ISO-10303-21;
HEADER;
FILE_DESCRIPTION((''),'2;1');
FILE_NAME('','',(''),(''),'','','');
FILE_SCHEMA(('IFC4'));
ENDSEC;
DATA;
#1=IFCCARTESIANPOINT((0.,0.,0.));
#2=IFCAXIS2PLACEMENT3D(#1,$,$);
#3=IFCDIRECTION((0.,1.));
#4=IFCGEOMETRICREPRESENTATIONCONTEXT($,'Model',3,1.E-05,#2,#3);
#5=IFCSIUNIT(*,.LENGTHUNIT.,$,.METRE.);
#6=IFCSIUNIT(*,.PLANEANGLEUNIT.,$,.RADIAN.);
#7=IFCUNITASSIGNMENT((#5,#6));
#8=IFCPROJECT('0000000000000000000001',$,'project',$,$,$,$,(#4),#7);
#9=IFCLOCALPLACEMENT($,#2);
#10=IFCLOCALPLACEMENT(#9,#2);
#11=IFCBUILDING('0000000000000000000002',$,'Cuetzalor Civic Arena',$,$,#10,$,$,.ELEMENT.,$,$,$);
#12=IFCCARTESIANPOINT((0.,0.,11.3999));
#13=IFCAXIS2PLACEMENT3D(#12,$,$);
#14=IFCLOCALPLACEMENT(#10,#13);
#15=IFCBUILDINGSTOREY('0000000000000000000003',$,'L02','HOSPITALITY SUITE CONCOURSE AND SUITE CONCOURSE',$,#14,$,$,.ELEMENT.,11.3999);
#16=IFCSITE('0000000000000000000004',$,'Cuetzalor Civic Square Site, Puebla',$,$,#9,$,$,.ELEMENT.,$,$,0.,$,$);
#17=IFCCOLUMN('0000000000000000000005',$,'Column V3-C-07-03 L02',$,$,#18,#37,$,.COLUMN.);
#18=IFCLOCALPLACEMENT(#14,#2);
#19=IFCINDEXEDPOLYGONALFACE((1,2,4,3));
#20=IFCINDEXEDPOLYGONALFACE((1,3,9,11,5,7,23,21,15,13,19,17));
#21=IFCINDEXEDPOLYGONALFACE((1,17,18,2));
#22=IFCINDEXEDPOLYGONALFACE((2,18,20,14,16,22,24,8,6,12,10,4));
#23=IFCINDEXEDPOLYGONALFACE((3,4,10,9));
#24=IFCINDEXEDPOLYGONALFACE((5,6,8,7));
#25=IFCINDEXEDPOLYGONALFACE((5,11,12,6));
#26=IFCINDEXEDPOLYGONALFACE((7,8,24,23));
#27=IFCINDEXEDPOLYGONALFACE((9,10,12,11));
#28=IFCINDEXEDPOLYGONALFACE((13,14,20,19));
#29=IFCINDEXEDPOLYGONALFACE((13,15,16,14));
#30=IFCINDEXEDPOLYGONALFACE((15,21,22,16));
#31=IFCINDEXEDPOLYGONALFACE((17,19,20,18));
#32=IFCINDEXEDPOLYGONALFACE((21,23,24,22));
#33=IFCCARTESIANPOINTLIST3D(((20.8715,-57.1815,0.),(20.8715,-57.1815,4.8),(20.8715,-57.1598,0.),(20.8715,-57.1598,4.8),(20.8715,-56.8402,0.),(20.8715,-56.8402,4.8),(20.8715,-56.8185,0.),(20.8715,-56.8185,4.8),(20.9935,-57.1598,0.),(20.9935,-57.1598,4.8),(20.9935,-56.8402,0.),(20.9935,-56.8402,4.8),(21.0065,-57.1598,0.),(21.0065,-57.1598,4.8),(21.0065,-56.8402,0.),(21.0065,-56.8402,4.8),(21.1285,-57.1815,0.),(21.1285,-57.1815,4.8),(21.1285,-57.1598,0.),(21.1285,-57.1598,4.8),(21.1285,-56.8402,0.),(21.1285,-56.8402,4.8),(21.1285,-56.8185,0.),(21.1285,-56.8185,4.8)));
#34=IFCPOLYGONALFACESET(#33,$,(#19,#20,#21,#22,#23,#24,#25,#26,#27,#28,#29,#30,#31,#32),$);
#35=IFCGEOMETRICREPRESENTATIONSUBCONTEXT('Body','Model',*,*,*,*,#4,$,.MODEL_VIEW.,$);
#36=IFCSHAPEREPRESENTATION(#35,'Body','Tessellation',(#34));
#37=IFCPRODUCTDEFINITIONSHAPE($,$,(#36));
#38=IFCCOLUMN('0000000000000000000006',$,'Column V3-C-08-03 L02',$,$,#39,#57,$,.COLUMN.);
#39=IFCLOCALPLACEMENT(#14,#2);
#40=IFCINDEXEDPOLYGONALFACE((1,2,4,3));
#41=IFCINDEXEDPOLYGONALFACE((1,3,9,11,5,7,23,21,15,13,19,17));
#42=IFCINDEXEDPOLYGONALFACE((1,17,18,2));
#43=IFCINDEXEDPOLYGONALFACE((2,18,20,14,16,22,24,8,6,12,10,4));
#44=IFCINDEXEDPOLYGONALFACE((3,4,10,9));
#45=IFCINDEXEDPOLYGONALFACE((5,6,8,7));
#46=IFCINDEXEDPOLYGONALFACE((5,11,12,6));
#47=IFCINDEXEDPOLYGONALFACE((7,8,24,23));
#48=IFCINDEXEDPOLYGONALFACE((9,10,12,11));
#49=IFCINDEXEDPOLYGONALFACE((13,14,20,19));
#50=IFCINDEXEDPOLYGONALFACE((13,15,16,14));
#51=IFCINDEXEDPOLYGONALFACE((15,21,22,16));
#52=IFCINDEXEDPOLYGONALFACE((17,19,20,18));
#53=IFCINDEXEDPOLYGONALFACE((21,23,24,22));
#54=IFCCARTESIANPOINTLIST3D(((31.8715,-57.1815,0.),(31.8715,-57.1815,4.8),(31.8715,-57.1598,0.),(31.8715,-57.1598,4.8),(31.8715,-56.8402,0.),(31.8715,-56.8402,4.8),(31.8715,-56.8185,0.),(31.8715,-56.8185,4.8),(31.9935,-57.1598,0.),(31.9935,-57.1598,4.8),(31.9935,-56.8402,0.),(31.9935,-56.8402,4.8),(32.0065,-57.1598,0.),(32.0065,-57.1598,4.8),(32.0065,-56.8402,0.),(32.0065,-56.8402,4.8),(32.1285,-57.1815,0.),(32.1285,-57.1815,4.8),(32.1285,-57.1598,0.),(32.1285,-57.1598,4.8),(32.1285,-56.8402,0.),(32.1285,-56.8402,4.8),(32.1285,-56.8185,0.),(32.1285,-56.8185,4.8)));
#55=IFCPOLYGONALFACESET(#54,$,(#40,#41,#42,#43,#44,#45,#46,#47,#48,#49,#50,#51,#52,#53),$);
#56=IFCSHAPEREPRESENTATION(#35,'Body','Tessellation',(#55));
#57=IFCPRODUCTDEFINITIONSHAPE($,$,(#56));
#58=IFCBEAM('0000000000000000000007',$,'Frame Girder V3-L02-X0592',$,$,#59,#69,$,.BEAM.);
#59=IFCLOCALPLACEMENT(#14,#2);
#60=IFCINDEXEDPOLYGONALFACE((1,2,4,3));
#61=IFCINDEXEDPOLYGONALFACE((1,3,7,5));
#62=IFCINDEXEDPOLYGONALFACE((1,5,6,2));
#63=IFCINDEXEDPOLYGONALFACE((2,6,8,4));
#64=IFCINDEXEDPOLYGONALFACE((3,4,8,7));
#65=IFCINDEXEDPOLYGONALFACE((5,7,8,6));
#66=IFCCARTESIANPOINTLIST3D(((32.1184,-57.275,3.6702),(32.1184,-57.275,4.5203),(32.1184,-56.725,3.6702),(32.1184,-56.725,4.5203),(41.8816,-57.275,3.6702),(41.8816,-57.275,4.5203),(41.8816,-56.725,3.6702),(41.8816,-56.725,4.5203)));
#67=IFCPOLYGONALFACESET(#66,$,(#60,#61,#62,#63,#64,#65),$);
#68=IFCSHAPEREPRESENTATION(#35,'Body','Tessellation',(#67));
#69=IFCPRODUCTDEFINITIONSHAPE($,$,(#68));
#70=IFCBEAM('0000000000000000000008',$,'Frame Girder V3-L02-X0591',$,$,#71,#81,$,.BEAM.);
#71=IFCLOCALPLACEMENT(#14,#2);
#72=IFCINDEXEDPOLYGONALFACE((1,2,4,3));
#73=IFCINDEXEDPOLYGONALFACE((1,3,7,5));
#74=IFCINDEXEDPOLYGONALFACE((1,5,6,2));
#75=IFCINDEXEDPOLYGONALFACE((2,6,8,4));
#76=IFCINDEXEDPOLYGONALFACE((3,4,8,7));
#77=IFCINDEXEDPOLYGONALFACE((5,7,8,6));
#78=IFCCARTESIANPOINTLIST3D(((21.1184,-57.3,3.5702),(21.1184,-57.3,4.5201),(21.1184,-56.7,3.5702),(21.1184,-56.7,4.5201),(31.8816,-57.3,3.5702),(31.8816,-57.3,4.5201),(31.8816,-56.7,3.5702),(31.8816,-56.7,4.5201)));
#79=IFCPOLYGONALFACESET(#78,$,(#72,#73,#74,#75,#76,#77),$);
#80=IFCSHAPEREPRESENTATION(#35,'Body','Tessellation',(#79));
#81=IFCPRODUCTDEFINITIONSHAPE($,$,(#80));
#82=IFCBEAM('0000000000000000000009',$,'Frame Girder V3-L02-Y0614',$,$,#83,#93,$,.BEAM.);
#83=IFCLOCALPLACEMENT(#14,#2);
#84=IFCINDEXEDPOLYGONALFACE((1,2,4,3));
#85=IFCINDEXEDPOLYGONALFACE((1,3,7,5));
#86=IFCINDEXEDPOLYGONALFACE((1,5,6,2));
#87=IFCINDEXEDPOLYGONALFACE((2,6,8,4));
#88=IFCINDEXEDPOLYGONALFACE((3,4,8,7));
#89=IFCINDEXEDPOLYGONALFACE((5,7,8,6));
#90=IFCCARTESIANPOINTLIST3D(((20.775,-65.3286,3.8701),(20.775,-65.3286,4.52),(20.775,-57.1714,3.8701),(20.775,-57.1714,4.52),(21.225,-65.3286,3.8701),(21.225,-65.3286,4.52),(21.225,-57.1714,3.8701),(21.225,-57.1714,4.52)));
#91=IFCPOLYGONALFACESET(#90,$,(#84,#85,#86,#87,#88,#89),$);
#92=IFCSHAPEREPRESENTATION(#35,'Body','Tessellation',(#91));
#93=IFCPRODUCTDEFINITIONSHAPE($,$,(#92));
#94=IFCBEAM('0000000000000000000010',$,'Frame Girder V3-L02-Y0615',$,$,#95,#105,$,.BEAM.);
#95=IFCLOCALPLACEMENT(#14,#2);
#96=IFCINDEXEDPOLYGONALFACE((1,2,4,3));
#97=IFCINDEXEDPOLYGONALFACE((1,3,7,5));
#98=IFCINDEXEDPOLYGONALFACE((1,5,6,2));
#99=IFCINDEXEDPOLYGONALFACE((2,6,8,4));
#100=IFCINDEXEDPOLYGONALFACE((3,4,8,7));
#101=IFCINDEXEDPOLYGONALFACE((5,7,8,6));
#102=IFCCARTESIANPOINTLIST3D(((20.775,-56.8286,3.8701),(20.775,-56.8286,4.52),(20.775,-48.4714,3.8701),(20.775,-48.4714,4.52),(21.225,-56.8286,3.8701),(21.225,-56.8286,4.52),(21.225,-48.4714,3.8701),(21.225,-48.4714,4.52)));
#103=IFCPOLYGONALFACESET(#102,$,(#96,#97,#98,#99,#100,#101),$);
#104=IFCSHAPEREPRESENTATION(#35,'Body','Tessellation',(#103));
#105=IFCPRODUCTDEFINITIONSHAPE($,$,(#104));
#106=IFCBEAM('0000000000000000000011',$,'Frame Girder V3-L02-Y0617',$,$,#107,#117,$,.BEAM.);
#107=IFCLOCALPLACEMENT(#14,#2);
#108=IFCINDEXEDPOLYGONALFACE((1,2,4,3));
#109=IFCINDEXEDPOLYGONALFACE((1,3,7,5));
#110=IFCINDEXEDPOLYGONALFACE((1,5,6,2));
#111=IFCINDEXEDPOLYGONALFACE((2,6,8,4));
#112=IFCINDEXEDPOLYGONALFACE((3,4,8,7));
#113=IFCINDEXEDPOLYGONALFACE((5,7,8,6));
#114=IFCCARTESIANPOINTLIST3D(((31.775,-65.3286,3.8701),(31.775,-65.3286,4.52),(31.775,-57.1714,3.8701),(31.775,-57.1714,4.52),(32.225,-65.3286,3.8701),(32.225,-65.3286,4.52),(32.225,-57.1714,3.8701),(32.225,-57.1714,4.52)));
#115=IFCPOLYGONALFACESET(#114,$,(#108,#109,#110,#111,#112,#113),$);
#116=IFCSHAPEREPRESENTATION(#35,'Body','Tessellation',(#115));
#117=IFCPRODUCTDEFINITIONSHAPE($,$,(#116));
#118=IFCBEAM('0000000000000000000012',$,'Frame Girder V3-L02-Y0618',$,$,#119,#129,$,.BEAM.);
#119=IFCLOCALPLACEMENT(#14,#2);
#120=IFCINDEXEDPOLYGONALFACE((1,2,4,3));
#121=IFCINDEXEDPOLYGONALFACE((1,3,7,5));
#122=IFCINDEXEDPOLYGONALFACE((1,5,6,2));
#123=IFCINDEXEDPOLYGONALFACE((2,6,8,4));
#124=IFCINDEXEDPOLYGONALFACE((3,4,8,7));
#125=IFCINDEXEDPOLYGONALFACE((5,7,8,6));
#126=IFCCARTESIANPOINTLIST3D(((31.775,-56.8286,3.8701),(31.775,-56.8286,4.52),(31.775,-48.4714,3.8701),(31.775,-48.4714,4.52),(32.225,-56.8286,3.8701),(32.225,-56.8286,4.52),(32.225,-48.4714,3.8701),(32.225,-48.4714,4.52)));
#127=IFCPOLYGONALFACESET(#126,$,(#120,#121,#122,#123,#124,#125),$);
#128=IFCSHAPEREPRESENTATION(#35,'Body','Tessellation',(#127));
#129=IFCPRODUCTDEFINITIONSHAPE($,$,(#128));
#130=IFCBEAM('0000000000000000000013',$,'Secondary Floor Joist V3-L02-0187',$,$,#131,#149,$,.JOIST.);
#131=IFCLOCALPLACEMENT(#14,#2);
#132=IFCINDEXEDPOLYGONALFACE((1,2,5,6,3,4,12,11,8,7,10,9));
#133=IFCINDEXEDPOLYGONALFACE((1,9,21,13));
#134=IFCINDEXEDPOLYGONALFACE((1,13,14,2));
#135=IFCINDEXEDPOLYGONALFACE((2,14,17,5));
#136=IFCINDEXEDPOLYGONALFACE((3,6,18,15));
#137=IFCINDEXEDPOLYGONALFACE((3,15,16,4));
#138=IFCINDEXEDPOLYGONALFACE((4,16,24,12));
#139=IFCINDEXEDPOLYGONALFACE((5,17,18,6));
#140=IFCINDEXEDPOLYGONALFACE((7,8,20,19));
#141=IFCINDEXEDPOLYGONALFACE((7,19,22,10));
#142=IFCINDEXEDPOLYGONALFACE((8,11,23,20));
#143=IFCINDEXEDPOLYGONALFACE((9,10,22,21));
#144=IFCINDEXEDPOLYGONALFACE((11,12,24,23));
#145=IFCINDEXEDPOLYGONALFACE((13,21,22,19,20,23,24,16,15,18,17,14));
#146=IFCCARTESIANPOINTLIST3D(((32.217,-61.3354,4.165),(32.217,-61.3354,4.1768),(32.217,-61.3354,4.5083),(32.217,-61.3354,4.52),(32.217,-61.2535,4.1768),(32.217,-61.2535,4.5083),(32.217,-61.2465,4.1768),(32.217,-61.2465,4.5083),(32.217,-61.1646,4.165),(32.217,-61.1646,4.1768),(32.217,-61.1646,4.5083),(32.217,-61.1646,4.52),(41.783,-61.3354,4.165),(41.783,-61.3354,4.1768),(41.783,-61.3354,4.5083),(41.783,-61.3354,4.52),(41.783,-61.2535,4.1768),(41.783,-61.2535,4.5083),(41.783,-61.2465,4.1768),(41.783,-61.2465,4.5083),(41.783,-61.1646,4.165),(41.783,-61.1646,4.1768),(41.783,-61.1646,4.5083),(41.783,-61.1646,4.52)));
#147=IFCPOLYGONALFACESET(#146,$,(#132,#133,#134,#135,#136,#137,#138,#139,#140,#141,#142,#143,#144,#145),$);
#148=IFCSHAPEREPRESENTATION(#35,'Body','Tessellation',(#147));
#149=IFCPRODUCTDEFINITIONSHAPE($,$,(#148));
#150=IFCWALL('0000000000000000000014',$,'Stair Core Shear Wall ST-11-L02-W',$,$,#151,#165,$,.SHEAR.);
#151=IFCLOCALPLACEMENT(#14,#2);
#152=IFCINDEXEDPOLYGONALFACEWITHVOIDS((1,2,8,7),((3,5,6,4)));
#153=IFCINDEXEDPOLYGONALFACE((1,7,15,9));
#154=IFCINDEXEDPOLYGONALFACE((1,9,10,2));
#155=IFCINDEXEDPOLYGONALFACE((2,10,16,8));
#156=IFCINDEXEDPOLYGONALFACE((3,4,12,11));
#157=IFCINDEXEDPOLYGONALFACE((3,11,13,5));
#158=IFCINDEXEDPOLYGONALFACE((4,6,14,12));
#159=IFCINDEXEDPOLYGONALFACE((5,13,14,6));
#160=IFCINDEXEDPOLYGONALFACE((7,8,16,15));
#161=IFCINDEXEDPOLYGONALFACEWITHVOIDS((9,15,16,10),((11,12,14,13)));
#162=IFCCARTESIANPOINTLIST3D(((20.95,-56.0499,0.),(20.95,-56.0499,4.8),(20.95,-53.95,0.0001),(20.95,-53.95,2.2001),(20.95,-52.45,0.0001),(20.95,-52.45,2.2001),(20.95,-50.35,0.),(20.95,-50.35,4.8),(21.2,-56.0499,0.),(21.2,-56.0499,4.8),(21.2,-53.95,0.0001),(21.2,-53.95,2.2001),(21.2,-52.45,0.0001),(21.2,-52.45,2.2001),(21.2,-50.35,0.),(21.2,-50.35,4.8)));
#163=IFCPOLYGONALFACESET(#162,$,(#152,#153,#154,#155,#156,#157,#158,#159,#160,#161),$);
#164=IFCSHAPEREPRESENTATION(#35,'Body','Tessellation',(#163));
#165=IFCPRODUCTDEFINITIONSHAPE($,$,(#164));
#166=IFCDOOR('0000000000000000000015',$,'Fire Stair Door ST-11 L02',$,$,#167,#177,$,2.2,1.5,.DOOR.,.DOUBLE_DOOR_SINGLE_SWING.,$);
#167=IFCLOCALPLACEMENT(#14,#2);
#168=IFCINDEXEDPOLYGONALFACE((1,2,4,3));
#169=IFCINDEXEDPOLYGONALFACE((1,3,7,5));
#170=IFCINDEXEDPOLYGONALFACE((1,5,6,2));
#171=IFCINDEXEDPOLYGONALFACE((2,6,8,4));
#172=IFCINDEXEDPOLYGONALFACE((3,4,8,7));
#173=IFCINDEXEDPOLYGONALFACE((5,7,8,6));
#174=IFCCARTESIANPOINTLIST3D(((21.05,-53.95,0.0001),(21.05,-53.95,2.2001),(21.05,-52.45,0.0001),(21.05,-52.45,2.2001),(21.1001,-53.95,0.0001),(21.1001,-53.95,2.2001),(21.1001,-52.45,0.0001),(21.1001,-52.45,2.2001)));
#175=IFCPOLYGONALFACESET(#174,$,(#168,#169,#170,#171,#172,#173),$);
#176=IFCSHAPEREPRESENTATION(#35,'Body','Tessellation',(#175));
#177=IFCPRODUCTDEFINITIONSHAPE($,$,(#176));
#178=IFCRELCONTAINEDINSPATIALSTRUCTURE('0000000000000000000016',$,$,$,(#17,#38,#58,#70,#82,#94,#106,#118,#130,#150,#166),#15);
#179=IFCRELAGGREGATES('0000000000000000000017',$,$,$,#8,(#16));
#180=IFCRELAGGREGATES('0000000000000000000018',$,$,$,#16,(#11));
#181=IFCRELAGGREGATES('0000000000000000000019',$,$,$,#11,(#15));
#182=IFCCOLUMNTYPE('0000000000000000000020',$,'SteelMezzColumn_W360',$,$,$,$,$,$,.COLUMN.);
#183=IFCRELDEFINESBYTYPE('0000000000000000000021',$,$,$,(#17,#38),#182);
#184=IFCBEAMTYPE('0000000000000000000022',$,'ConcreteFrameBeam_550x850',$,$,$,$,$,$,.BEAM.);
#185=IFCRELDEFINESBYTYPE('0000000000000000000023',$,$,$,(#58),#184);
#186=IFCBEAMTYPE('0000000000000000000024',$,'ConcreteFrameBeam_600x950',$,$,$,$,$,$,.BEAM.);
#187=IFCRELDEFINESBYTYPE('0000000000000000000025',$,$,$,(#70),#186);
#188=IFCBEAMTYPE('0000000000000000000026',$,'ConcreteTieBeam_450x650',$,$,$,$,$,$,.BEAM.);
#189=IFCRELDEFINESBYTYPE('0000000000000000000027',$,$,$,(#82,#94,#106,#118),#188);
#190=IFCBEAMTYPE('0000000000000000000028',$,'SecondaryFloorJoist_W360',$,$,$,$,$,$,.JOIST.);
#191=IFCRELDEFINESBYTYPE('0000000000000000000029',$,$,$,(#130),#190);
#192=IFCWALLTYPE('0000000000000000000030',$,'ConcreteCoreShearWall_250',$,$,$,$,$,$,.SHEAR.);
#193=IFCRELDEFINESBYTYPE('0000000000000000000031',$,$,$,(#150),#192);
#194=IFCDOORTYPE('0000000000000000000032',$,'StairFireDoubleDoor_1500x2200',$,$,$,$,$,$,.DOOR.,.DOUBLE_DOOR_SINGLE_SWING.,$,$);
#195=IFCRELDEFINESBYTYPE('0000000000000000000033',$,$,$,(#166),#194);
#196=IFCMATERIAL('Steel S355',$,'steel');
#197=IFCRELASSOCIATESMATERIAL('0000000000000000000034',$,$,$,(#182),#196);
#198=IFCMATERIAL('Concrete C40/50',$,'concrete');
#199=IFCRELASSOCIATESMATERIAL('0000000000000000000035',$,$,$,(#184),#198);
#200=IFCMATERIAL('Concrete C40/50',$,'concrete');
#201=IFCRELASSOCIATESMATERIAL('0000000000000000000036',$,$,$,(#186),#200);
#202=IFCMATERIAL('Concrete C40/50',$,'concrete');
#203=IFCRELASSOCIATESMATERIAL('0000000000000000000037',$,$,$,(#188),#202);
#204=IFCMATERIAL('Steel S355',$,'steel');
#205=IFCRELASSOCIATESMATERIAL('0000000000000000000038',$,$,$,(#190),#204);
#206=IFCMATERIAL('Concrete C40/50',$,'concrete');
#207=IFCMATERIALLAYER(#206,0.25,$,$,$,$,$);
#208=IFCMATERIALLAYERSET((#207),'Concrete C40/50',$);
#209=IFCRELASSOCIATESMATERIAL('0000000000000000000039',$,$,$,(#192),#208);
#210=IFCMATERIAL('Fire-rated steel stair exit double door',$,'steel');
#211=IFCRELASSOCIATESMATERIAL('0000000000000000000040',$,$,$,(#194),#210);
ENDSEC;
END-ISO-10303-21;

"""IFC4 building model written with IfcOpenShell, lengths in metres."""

from ifc_helpers import new_model, si_unit, direction, frame, frame_2d, origin, origin_2d, place, context, subcontext, project, spatial, rectangle, i_section, extrude, material, layer, layer_set, material_profile, profile_set, type_object, element, fill, save


model = new_model("IFC4")

# Units and contexts
model_context = context("Model", 3, precision=1e-05, world=origin(), true_north=direction((0.0, 1.0)))
body_context = subcontext(model_context, "Body", "Model", "MODEL_VIEW")
ifc_project = project(units=[si_unit("LENGTHUNIT", "METRE"), si_unit("PLANEANGLEUNIT", "RADIAN")], contexts=[model_context])

# Site, building, storey
site_placement = place(None, origin())
site = spatial("IfcSite", under=ifc_project, at=site_placement, Name="Cuetzalor Civic Square Site, Puebla", CompositionType="ELEMENT", RefElevation=0.0)
building_placement = place(site_placement, origin())
building = spatial("IfcBuilding", under=site, at=building_placement, Name="Cuetzalor Civic Arena", CompositionType="ELEMENT")
storey_placement = place(building_placement, frame((0.0, 0.0, 11.3999)))
storey = spatial("IfcBuildingStorey", under=building, at=storey_placement, Name="L02", Description="HOSPITALITY SUITE CONCOURSE AND SUITE CONCOURSE", CompositionType="ELEMENT", Elevation=11.3999)

# Columns
ifc_material_1 = material(Name="Steel S355", Category="steel")
ifc_material_profile_1 = material_profile(ifc_material_1, i_section(OverallWidth=0.2571, OverallDepth=0.363, WebThickness=0.0129, FlangeThickness=0.0217, at=origin_2d()), Name="W360x122")
ifc_profile_set_1 = profile_set([ifc_material_profile_1], Name="Steel S355")
column_type = type_object("IfcColumnType", Name="SteelMezzColumn_W360", PredefinedType="COLUMN", material=ifc_profile_set_1)
for number, where, z_axis, x_axis, name in (
    (1, (21.0, -57.0, 0.0), (0.0, 0.0, 1.0), (1.0, 0.0, 0.0), "Column V3-C-07-03 L02"),
    (2, (32.0, -57.0, 0.0), (0.0, 0.0, 1.0), (1.0, 0.0, 0.0), "Column V3-C-08-03 L02"),
):
    element("IfcColumn", number, at=place(storey_placement, frame(where, z_axis=z_axis, x_axis=x_axis)), inside=storey, type_object=column_type, Name=name, PredefinedType="COLUMN", context=body_context, shape_type="SweptSolid", body=[
        extrude(i_section(OverallWidth=0.2571, OverallDepth=0.363, WebThickness=0.0129, FlangeThickness=0.0217, at=origin_2d()), origin(), (0.0, 0.0, 1.0), 4.8),
    ])

# Beams
ifc_material_2 = material(Name="Concrete C40/50", Category="concrete")
ifc_material_profile_2 = material_profile(ifc_material_2, rectangle(XDim=0.55, YDim=0.8501, at=origin_2d()), Name="RC 550x850")
ifc_profile_set_2 = profile_set([ifc_material_profile_2], Name="Concrete C40/50")
beam_type_1 = type_object("IfcBeamType", Name="ConcreteFrameBeam_550x850", PredefinedType="BEAM", material=ifc_profile_set_2)
beam_1_placement = place(storey_placement, frame((32.1184, -57.0, 4.0952), z_axis=(1.0, 0.0, 0.0), x_axis=(0.0, 1.0, 0.0)))
element("IfcBeam", 3, at=beam_1_placement, inside=storey, type_object=beam_type_1, Name="Frame Girder V3-L02-X0592", PredefinedType="BEAM", context=body_context, shape_type="SweptSolid", body=[
    extrude(rectangle(XDim=0.55, YDim=0.8501, at=origin_2d()), origin(), (0.0, 0.0, 1.0), 9.7632),
])
ifc_material_3 = material(Name="Concrete C40/50", Category="concrete")
ifc_material_profile_3 = material_profile(ifc_material_3, rectangle(XDim=0.6001, YDim=0.95, at=origin_2d()), Name="RC 600x950")
ifc_profile_set_3 = profile_set([ifc_material_profile_3], Name="Concrete C40/50")
beam_type_2 = type_object("IfcBeamType", Name="ConcreteFrameBeam_600x950", PredefinedType="BEAM", material=ifc_profile_set_3)
beam_2_placement = place(storey_placement, frame((21.1184, -57.0, 4.0452), z_axis=(1.0, 0.0, 0.0), x_axis=(0.0, 1.0, 0.0)))
element("IfcBeam", 4, at=beam_2_placement, inside=storey, type_object=beam_type_2, Name="Frame Girder V3-L02-X0591", PredefinedType="BEAM", context=body_context, shape_type="SweptSolid", body=[
    extrude(rectangle(XDim=0.6001, YDim=0.95, at=origin_2d()), origin(), (0.0, 0.0, 1.0), 10.7632),
])
ifc_material_4 = material(Name="Concrete C40/50", Category="concrete")
ifc_material_profile_4 = material_profile(ifc_material_4, rectangle(XDim=0.45, YDim=0.6499, at=origin_2d()), Name="RC 450x650")
ifc_profile_set_4 = profile_set([ifc_material_profile_4], Name="Concrete C40/50")
beam_type_3 = type_object("IfcBeamType", Name="ConcreteTieBeam_450x650", PredefinedType="BEAM", material=ifc_profile_set_4)
beam_3_placement = place(storey_placement, frame((21.0, -65.3286, 4.1951), z_axis=(0.0, 1.0, 0.0), x_axis=(-1.0, 0.0, 0.0)))
element("IfcBeam", 5, at=beam_3_placement, inside=storey, type_object=beam_type_3, Name="Frame Girder V3-L02-Y0614", PredefinedType="BEAM", context=body_context, shape_type="SweptSolid", body=[
    extrude(rectangle(XDim=0.45, YDim=0.6499, at=origin_2d()), origin(), (0.0, 0.0, 1.0), 8.1572),
])
beam_4_placement = place(storey_placement, frame((21.0, -56.8286, 4.1951), z_axis=(0.0, 1.0, 0.0), x_axis=(-1.0, 0.0, 0.0)))
element("IfcBeam", 6, at=beam_4_placement, inside=storey, type_object=beam_type_3, Name="Frame Girder V3-L02-Y0615", PredefinedType="BEAM", context=body_context, shape_type="SweptSolid", body=[
    extrude(rectangle(XDim=0.45, YDim=0.6499, at=origin_2d()), origin(), (0.0, 0.0, 1.0), 8.3572),
])
beam_5_placement = place(storey_placement, frame((32.0, -65.3286, 4.1951), z_axis=(0.0, 1.0, 0.0), x_axis=(-1.0, 0.0, 0.0)))
element("IfcBeam", 7, at=beam_5_placement, inside=storey, type_object=beam_type_3, Name="Frame Girder V3-L02-Y0617", PredefinedType="BEAM", context=body_context, shape_type="SweptSolid", body=[
    extrude(rectangle(XDim=0.45, YDim=0.6499, at=origin_2d()), origin(), (0.0, 0.0, 1.0), 8.1572),
])
beam_6_placement = place(storey_placement, frame((32.0, -56.8286, 4.1951), z_axis=(0.0, 1.0, 0.0), x_axis=(-1.0, 0.0, 0.0)))
element("IfcBeam", 8, at=beam_6_placement, inside=storey, type_object=beam_type_3, Name="Frame Girder V3-L02-Y0618", PredefinedType="BEAM", context=body_context, shape_type="SweptSolid", body=[
    extrude(rectangle(XDim=0.45, YDim=0.6499, at=origin_2d()), origin(), (0.0, 0.0, 1.0), 8.3572),
])
ifc_material_5 = material(Name="Steel S355", Category="steel")
ifc_material_profile_5 = material_profile(ifc_material_5, i_section(OverallWidth=0.1709, OverallDepth=0.355, WebThickness=0.0071, FlangeThickness=0.0117, at=origin_2d()), Name="W360x51")
ifc_profile_set_5 = profile_set([ifc_material_profile_5], Name="Steel S355")
beam_type_4 = type_object("IfcBeamType", Name="SecondaryFloorJoist_W360", PredefinedType="JOIST", material=ifc_profile_set_5)
beam_7_placement = place(storey_placement, frame((32.217, -61.25, 4.3425), z_axis=(1.0, 0.0, 0.0), x_axis=(0.0, 1.0, 0.0)))
element("IfcBeam", 9, at=beam_7_placement, inside=storey, type_object=beam_type_4, Name="Secondary Floor Joist V3-L02-0187", PredefinedType="JOIST", context=body_context, shape_type="SweptSolid", body=[
    extrude(i_section(OverallWidth=0.1709, OverallDepth=0.355, WebThickness=0.0071, FlangeThickness=0.0117, at=origin_2d()), origin(), (0.0, 0.0, 1.0), 9.5659),
])

# Wall, opening, door
ifc_material_6 = material(Name="Concrete C40/50", Category="concrete")
ifc_layer = layer(ifc_material_6, 0.25)
ifc_layer_set = layer_set([ifc_layer], Name="Concrete C40/50")
wall_type = type_object("IfcWallType", Name="ConcreteCoreShearWall_250", PredefinedType="SHEAR", material=ifc_layer_set)
wall_1_placement = place(storey_placement, frame((21.075, -56.05, 0.0), z_axis=(0.0, 0.0, 1.0), x_axis=(0.0, 1.0, 0.0)))
wall_1 = element("IfcWall", 10, at=wall_1_placement, inside=storey, type_object=wall_type, Name="Stair Core Shear Wall ST-11-L02-W", PredefinedType="SHEAR", context=body_context, shape_type="SweptSolid", body=[
    extrude(rectangle(XDim=5.7, YDim=0.25, at=frame_2d((2.8501, 0.0))), origin(), (0.0, 0.0, 1.0), 4.8),
])
opening_1_placement = place(wall_1_placement, frame((2.1001, 0.0, 0.0)))
opening_1 = element("IfcOpeningElement", 11, at=opening_1_placement, cuts=wall_1, PredefinedType="OPENING", context=body_context, shape_type="SweptSolid", body=[
    extrude(rectangle(XDim=1.5, YDim=2.2, at=frame_2d((0.75, 1.1001))), frame((0.0, 0.135, 0.0), z_axis=(0.0, -1.0, 0.0), x_axis=(1.0, 0.0, 0.0)), (0.0, 0.0, 1.0), 0.27),
])
ifc_material_7 = material(Name="Fire-rated steel stair exit double door", Category="steel")
door_type = type_object("IfcDoorType", Name="StairFireDoubleDoor_1500x2200", OperationType="DOUBLE_DOOR_SINGLE_SWING", PredefinedType="DOOR", material=ifc_material_7)
door_1_placement = place(opening_1_placement, origin())
door_1 = element("IfcDoor", 12, at=door_1_placement, inside=storey, type_object=door_type, Name="Fire Stair Door ST-11 L02", OperationType="DOUBLE_DOOR_SINGLE_SWING", OverallHeight=2.2, OverallWidth=1.5, PredefinedType="DOOR", context=body_context, shape_type="SweptSolid", body=[
    extrude(rectangle(XDim=1.5, YDim=2.2, at=frame_2d((0.75, 1.1001))), frame((0.0, 0.0249, 0.0), z_axis=(0.0, -1.0, 0.0), x_axis=(1.0, 0.0, 0.0)), (0.0, 0.0, 1.0), 0.05),
])
fill(opening_1, door_1)

save(model, "model.ifc")
